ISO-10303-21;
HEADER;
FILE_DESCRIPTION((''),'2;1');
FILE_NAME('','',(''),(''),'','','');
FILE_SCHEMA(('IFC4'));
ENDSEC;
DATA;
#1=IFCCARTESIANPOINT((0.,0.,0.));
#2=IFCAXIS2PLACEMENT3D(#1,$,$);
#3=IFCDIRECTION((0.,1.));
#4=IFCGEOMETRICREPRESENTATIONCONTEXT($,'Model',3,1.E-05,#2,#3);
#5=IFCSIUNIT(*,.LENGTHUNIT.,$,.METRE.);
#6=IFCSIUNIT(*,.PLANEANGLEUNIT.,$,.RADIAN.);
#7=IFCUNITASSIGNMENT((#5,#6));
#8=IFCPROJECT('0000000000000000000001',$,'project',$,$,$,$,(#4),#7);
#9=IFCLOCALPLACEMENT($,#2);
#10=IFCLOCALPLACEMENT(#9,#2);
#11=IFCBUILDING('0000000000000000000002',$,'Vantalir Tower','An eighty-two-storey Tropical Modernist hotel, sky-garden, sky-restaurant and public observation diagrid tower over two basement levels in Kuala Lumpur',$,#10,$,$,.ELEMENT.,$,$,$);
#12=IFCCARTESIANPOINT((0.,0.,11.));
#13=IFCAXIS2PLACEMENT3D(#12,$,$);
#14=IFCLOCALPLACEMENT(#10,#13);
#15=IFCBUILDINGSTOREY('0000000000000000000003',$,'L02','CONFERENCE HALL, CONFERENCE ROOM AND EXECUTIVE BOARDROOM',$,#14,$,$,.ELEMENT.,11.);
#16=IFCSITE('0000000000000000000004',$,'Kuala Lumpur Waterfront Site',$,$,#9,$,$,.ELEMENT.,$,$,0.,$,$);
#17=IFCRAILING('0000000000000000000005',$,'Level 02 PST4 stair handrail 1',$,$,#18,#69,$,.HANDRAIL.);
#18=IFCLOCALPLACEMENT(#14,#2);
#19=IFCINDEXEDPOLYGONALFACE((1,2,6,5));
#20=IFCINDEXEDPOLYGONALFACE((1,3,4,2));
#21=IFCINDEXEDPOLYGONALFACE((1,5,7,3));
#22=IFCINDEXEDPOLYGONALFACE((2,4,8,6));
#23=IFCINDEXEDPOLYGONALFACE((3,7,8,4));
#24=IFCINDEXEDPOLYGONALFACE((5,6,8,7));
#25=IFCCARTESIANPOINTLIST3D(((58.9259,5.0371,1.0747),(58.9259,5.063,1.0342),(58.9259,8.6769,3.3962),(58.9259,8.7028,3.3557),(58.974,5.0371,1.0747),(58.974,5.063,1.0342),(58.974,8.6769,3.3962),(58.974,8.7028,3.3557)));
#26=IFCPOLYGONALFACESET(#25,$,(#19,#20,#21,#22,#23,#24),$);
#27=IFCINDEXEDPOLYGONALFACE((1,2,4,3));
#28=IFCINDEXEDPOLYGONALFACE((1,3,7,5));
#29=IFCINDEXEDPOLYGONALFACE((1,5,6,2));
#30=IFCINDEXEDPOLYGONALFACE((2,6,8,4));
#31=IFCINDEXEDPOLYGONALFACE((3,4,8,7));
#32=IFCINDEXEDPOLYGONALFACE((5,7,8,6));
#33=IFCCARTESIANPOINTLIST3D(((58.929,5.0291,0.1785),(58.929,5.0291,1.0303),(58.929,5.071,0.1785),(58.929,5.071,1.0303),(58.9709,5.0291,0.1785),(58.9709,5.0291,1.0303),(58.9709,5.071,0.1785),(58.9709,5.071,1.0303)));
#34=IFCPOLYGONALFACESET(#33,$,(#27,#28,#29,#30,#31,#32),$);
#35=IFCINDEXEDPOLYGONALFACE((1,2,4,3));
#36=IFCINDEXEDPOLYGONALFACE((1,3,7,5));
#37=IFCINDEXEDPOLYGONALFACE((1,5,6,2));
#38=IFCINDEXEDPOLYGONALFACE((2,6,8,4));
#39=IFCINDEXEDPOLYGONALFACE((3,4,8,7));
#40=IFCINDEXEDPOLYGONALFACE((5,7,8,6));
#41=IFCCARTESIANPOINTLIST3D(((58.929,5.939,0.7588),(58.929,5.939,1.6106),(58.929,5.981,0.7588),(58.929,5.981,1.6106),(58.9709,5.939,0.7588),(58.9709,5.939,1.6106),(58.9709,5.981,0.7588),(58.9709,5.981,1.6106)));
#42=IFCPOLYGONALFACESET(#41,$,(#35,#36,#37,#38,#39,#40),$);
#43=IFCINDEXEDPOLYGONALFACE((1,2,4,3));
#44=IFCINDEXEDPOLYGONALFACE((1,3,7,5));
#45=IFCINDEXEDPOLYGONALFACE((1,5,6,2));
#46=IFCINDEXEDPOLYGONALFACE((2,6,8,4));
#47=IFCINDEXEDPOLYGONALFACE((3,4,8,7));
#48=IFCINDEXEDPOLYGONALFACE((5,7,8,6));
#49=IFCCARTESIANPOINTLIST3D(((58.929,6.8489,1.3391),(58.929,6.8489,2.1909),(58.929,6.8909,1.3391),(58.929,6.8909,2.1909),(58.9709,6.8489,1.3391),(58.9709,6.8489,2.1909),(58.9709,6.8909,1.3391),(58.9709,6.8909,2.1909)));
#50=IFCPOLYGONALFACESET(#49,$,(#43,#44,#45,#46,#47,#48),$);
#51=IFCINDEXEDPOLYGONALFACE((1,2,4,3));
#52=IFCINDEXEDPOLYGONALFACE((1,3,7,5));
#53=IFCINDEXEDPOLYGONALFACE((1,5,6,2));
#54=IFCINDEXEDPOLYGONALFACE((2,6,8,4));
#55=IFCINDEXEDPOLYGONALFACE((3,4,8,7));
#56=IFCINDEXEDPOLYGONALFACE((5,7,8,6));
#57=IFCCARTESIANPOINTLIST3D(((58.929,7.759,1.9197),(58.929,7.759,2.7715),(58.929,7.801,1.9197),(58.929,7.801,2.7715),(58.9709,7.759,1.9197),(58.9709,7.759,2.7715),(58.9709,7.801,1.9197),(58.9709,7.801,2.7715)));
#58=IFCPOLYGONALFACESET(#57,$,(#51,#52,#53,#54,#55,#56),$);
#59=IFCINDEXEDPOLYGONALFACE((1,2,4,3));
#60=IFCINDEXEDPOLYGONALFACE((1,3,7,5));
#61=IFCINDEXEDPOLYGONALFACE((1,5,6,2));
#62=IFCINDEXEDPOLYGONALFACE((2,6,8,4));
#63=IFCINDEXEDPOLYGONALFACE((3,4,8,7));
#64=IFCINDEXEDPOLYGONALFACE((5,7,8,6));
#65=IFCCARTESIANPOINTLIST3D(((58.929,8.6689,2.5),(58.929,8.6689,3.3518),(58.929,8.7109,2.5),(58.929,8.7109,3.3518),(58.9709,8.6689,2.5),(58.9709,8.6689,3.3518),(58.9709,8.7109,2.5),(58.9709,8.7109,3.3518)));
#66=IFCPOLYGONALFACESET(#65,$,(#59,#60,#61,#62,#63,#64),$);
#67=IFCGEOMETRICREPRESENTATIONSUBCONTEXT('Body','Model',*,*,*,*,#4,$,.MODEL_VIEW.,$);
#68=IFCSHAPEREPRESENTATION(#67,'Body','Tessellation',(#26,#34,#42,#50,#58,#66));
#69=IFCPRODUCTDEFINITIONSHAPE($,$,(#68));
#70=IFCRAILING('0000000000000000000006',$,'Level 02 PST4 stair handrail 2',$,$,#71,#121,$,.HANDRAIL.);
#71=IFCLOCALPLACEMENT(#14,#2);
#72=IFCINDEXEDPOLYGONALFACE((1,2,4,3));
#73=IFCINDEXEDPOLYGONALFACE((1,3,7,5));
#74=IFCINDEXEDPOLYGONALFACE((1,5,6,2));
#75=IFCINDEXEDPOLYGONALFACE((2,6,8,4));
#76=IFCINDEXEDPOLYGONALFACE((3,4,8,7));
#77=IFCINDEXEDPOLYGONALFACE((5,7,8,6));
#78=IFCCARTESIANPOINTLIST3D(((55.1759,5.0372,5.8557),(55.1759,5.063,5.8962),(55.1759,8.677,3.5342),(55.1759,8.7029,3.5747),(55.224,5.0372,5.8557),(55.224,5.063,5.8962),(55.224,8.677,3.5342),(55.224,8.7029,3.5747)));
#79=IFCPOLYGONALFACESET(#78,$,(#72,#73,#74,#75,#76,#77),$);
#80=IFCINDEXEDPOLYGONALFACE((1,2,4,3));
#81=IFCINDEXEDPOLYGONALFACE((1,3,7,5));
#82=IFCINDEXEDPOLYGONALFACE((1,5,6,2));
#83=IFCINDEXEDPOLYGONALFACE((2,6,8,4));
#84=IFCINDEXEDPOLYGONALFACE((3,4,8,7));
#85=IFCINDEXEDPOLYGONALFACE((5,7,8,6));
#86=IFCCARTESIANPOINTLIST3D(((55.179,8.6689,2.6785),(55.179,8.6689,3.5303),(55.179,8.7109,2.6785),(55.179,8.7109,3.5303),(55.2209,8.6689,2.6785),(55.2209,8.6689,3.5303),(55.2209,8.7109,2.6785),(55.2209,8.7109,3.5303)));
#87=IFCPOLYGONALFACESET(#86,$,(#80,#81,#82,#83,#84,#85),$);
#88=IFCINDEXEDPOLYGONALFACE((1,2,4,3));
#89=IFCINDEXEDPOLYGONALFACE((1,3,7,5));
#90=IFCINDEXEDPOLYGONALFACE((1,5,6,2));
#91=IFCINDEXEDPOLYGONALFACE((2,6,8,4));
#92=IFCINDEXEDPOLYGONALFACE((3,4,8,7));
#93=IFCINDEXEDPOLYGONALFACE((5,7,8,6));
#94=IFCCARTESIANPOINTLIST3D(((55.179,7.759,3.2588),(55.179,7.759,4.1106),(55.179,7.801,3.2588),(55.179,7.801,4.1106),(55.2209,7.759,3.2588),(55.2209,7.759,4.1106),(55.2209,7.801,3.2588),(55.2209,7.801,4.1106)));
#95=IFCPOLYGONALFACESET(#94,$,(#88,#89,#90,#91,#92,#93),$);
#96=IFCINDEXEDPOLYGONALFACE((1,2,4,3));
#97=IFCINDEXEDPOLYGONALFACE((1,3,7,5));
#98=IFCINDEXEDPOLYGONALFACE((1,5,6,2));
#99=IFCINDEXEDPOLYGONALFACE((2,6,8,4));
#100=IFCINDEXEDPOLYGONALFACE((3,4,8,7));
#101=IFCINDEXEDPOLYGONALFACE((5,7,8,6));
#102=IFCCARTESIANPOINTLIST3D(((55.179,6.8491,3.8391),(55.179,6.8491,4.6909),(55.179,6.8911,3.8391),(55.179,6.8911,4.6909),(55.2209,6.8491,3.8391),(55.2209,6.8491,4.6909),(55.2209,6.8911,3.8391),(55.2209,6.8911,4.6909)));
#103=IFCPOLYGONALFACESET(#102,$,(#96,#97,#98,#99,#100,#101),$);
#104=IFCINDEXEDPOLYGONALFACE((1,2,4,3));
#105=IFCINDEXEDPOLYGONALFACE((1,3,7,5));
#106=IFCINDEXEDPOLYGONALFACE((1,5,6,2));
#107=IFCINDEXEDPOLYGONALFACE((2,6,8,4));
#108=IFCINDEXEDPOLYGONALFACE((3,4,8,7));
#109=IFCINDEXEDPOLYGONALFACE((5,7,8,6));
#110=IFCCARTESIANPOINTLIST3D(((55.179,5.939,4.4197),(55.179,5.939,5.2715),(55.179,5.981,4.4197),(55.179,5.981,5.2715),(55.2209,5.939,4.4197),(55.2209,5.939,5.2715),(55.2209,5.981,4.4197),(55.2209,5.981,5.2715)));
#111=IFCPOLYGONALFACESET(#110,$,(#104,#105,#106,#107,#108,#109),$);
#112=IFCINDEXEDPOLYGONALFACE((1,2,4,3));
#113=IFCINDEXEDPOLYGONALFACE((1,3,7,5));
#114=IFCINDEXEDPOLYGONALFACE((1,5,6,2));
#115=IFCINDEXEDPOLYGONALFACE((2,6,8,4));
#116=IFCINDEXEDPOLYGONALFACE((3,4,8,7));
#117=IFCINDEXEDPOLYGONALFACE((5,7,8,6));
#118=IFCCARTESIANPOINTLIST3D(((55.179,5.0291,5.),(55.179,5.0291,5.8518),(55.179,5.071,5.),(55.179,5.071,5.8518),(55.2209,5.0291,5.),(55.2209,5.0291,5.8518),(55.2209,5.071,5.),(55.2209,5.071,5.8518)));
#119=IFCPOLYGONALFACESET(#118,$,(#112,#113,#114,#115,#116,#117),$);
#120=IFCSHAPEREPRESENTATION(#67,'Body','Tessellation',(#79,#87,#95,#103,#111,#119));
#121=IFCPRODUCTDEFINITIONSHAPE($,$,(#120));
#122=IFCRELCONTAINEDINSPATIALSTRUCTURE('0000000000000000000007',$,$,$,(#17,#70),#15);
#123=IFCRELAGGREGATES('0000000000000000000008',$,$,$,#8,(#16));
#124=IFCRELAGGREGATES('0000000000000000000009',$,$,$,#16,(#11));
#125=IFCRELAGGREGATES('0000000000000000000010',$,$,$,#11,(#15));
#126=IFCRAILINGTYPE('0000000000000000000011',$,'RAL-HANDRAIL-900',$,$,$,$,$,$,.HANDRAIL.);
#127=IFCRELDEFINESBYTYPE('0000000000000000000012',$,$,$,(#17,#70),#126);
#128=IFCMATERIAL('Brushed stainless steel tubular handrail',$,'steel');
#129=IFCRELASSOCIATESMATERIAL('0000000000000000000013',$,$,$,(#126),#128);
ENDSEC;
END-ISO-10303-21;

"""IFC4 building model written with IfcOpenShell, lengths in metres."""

from ifc_helpers import new_model, si_unit, direction, frame, origin, origin_2d, place, context, subcontext, project, spatial, rectangle, extrude, material, type_object, element, save


model = new_model("IFC4")

# Units and contexts
model_context = context("Model", 3, precision=1e-05, world=origin(), true_north=direction((0.0, 1.0)))
body_context = subcontext(model_context, "Body", "Model", "MODEL_VIEW")
ifc_project = project(units=[si_unit("LENGTHUNIT", "METRE"), si_unit("PLANEANGLEUNIT", "RADIAN")], contexts=[model_context])

# Site, building, storey
site_placement = place(None, origin())
site = spatial("IfcSite", under=ifc_project, at=site_placement, Name="Kuala Lumpur Waterfront Site", CompositionType="ELEMENT", RefElevation=0.0)
building_placement = place(site_placement, origin())
building = spatial("IfcBuilding", under=site, at=building_placement, Name="Vantalir Tower", Description="An eighty-two-storey Tropical Modernist hotel, sky-garden, sky-restaurant and public observation diagrid tower over two basement levels in Kuala Lumpur", CompositionType="ELEMENT")
storey_placement = place(building_placement, frame((0.0, 0.0, 11.0)))
storey = spatial("IfcBuildingStorey", under=building, at=storey_placement, Name="L02", Description="CONFERENCE HALL, CONFERENCE ROOM AND EXECUTIVE BOARDROOM", CompositionType="ELEMENT", Elevation=11.0)

# Railings
ifc_material_1 = material(Name="Brushed stainless steel tubular handrail", Category="steel")
railing_type_1 = type_object("IfcRailingType", Name="RAL-HANDRAIL-900", PredefinedType="HANDRAIL", material=ifc_material_1)
railing_1_placement = place(storey_placement, frame((58.95, 5.05, 0.1785)))
element("IfcRailing", 1, at=railing_1_placement, inside=storey, type_object=railing_type_1, Name="Level 02 PST4 stair handrail 1", PredefinedType="HANDRAIL", context=body_context, shape_type="SweptSolid", body=[
    extrude(rectangle(XDim=0.0481, YDim=0.0481, at=origin_2d()), frame((0.0, 0.0, 0.876), z_axis=(0.0, 0.843112, 0.537739), x_axis=(-1.0, 0.0, 0.0)), (0.0, 0.0, 1.0), 4.3171),
    extrude(rectangle(XDim=0.042, YDim=0.042, at=origin_2d()), origin(), (0.0, 0.0, 1.0), 0.8518),
    extrude(rectangle(XDim=0.042, YDim=0.042, at=origin_2d()), frame((0.0, 0.9099, 0.5803)), (0.0, 0.0, 1.0), 0.8518),
    extrude(rectangle(XDim=0.042, YDim=0.042, at=origin_2d()), frame((0.0, 1.8198, 1.1606)), (0.0, 0.0, 1.0), 0.8518),
    extrude(rectangle(XDim=0.042, YDim=0.042, at=origin_2d()), frame((0.0, 2.73, 1.7412)), (0.0, 0.0, 1.0), 0.8518),
    extrude(rectangle(XDim=0.042, YDim=0.042, at=origin_2d()), frame((0.0, 3.6399, 2.3215)), (0.0, 0.0, 1.0), 0.8518),
])
railing_2_placement = place(storey_placement, frame((55.2, 8.6899, 2.6785)))
element("IfcRailing", 2, at=railing_2_placement, inside=storey, type_object=railing_type_1, Name="Level 02 PST4 stair handrail 2", PredefinedType="HANDRAIL", context=body_context, shape_type="SweptSolid", body=[
    extrude(rectangle(XDim=0.0481, YDim=0.0481, at=origin_2d()), frame((0.0, 0.0, 0.876), z_axis=(0.0, -0.843112, 0.537739), x_axis=(1.0, 0.0, 0.0)), (0.0, 0.0, 1.0), 4.3171),
    extrude(rectangle(XDim=0.042, YDim=0.042, at=origin_2d()), origin(), (0.0, 0.0, 1.0), 0.8518),
    extrude(rectangle(XDim=0.042, YDim=0.042, at=origin_2d()), frame((0.0, -0.9099, 0.5803)), (0.0, 0.0, 1.0), 0.8518),
    extrude(rectangle(XDim=0.042, YDim=0.042, at=origin_2d()), frame((0.0, -1.8198, 1.1606)), (0.0, 0.0, 1.0), 0.8518),
    extrude(rectangle(XDim=0.042, YDim=0.042, at=origin_2d()), frame((0.0, -2.73, 1.7412)), (0.0, 0.0, 1.0), 0.8518),
    extrude(rectangle(XDim=0.042, YDim=0.042, at=origin_2d()), frame((0.0, -3.6399, 2.3215)), (0.0, 0.0, 1.0), 0.8518),
])

save(model, "model.ifc")
